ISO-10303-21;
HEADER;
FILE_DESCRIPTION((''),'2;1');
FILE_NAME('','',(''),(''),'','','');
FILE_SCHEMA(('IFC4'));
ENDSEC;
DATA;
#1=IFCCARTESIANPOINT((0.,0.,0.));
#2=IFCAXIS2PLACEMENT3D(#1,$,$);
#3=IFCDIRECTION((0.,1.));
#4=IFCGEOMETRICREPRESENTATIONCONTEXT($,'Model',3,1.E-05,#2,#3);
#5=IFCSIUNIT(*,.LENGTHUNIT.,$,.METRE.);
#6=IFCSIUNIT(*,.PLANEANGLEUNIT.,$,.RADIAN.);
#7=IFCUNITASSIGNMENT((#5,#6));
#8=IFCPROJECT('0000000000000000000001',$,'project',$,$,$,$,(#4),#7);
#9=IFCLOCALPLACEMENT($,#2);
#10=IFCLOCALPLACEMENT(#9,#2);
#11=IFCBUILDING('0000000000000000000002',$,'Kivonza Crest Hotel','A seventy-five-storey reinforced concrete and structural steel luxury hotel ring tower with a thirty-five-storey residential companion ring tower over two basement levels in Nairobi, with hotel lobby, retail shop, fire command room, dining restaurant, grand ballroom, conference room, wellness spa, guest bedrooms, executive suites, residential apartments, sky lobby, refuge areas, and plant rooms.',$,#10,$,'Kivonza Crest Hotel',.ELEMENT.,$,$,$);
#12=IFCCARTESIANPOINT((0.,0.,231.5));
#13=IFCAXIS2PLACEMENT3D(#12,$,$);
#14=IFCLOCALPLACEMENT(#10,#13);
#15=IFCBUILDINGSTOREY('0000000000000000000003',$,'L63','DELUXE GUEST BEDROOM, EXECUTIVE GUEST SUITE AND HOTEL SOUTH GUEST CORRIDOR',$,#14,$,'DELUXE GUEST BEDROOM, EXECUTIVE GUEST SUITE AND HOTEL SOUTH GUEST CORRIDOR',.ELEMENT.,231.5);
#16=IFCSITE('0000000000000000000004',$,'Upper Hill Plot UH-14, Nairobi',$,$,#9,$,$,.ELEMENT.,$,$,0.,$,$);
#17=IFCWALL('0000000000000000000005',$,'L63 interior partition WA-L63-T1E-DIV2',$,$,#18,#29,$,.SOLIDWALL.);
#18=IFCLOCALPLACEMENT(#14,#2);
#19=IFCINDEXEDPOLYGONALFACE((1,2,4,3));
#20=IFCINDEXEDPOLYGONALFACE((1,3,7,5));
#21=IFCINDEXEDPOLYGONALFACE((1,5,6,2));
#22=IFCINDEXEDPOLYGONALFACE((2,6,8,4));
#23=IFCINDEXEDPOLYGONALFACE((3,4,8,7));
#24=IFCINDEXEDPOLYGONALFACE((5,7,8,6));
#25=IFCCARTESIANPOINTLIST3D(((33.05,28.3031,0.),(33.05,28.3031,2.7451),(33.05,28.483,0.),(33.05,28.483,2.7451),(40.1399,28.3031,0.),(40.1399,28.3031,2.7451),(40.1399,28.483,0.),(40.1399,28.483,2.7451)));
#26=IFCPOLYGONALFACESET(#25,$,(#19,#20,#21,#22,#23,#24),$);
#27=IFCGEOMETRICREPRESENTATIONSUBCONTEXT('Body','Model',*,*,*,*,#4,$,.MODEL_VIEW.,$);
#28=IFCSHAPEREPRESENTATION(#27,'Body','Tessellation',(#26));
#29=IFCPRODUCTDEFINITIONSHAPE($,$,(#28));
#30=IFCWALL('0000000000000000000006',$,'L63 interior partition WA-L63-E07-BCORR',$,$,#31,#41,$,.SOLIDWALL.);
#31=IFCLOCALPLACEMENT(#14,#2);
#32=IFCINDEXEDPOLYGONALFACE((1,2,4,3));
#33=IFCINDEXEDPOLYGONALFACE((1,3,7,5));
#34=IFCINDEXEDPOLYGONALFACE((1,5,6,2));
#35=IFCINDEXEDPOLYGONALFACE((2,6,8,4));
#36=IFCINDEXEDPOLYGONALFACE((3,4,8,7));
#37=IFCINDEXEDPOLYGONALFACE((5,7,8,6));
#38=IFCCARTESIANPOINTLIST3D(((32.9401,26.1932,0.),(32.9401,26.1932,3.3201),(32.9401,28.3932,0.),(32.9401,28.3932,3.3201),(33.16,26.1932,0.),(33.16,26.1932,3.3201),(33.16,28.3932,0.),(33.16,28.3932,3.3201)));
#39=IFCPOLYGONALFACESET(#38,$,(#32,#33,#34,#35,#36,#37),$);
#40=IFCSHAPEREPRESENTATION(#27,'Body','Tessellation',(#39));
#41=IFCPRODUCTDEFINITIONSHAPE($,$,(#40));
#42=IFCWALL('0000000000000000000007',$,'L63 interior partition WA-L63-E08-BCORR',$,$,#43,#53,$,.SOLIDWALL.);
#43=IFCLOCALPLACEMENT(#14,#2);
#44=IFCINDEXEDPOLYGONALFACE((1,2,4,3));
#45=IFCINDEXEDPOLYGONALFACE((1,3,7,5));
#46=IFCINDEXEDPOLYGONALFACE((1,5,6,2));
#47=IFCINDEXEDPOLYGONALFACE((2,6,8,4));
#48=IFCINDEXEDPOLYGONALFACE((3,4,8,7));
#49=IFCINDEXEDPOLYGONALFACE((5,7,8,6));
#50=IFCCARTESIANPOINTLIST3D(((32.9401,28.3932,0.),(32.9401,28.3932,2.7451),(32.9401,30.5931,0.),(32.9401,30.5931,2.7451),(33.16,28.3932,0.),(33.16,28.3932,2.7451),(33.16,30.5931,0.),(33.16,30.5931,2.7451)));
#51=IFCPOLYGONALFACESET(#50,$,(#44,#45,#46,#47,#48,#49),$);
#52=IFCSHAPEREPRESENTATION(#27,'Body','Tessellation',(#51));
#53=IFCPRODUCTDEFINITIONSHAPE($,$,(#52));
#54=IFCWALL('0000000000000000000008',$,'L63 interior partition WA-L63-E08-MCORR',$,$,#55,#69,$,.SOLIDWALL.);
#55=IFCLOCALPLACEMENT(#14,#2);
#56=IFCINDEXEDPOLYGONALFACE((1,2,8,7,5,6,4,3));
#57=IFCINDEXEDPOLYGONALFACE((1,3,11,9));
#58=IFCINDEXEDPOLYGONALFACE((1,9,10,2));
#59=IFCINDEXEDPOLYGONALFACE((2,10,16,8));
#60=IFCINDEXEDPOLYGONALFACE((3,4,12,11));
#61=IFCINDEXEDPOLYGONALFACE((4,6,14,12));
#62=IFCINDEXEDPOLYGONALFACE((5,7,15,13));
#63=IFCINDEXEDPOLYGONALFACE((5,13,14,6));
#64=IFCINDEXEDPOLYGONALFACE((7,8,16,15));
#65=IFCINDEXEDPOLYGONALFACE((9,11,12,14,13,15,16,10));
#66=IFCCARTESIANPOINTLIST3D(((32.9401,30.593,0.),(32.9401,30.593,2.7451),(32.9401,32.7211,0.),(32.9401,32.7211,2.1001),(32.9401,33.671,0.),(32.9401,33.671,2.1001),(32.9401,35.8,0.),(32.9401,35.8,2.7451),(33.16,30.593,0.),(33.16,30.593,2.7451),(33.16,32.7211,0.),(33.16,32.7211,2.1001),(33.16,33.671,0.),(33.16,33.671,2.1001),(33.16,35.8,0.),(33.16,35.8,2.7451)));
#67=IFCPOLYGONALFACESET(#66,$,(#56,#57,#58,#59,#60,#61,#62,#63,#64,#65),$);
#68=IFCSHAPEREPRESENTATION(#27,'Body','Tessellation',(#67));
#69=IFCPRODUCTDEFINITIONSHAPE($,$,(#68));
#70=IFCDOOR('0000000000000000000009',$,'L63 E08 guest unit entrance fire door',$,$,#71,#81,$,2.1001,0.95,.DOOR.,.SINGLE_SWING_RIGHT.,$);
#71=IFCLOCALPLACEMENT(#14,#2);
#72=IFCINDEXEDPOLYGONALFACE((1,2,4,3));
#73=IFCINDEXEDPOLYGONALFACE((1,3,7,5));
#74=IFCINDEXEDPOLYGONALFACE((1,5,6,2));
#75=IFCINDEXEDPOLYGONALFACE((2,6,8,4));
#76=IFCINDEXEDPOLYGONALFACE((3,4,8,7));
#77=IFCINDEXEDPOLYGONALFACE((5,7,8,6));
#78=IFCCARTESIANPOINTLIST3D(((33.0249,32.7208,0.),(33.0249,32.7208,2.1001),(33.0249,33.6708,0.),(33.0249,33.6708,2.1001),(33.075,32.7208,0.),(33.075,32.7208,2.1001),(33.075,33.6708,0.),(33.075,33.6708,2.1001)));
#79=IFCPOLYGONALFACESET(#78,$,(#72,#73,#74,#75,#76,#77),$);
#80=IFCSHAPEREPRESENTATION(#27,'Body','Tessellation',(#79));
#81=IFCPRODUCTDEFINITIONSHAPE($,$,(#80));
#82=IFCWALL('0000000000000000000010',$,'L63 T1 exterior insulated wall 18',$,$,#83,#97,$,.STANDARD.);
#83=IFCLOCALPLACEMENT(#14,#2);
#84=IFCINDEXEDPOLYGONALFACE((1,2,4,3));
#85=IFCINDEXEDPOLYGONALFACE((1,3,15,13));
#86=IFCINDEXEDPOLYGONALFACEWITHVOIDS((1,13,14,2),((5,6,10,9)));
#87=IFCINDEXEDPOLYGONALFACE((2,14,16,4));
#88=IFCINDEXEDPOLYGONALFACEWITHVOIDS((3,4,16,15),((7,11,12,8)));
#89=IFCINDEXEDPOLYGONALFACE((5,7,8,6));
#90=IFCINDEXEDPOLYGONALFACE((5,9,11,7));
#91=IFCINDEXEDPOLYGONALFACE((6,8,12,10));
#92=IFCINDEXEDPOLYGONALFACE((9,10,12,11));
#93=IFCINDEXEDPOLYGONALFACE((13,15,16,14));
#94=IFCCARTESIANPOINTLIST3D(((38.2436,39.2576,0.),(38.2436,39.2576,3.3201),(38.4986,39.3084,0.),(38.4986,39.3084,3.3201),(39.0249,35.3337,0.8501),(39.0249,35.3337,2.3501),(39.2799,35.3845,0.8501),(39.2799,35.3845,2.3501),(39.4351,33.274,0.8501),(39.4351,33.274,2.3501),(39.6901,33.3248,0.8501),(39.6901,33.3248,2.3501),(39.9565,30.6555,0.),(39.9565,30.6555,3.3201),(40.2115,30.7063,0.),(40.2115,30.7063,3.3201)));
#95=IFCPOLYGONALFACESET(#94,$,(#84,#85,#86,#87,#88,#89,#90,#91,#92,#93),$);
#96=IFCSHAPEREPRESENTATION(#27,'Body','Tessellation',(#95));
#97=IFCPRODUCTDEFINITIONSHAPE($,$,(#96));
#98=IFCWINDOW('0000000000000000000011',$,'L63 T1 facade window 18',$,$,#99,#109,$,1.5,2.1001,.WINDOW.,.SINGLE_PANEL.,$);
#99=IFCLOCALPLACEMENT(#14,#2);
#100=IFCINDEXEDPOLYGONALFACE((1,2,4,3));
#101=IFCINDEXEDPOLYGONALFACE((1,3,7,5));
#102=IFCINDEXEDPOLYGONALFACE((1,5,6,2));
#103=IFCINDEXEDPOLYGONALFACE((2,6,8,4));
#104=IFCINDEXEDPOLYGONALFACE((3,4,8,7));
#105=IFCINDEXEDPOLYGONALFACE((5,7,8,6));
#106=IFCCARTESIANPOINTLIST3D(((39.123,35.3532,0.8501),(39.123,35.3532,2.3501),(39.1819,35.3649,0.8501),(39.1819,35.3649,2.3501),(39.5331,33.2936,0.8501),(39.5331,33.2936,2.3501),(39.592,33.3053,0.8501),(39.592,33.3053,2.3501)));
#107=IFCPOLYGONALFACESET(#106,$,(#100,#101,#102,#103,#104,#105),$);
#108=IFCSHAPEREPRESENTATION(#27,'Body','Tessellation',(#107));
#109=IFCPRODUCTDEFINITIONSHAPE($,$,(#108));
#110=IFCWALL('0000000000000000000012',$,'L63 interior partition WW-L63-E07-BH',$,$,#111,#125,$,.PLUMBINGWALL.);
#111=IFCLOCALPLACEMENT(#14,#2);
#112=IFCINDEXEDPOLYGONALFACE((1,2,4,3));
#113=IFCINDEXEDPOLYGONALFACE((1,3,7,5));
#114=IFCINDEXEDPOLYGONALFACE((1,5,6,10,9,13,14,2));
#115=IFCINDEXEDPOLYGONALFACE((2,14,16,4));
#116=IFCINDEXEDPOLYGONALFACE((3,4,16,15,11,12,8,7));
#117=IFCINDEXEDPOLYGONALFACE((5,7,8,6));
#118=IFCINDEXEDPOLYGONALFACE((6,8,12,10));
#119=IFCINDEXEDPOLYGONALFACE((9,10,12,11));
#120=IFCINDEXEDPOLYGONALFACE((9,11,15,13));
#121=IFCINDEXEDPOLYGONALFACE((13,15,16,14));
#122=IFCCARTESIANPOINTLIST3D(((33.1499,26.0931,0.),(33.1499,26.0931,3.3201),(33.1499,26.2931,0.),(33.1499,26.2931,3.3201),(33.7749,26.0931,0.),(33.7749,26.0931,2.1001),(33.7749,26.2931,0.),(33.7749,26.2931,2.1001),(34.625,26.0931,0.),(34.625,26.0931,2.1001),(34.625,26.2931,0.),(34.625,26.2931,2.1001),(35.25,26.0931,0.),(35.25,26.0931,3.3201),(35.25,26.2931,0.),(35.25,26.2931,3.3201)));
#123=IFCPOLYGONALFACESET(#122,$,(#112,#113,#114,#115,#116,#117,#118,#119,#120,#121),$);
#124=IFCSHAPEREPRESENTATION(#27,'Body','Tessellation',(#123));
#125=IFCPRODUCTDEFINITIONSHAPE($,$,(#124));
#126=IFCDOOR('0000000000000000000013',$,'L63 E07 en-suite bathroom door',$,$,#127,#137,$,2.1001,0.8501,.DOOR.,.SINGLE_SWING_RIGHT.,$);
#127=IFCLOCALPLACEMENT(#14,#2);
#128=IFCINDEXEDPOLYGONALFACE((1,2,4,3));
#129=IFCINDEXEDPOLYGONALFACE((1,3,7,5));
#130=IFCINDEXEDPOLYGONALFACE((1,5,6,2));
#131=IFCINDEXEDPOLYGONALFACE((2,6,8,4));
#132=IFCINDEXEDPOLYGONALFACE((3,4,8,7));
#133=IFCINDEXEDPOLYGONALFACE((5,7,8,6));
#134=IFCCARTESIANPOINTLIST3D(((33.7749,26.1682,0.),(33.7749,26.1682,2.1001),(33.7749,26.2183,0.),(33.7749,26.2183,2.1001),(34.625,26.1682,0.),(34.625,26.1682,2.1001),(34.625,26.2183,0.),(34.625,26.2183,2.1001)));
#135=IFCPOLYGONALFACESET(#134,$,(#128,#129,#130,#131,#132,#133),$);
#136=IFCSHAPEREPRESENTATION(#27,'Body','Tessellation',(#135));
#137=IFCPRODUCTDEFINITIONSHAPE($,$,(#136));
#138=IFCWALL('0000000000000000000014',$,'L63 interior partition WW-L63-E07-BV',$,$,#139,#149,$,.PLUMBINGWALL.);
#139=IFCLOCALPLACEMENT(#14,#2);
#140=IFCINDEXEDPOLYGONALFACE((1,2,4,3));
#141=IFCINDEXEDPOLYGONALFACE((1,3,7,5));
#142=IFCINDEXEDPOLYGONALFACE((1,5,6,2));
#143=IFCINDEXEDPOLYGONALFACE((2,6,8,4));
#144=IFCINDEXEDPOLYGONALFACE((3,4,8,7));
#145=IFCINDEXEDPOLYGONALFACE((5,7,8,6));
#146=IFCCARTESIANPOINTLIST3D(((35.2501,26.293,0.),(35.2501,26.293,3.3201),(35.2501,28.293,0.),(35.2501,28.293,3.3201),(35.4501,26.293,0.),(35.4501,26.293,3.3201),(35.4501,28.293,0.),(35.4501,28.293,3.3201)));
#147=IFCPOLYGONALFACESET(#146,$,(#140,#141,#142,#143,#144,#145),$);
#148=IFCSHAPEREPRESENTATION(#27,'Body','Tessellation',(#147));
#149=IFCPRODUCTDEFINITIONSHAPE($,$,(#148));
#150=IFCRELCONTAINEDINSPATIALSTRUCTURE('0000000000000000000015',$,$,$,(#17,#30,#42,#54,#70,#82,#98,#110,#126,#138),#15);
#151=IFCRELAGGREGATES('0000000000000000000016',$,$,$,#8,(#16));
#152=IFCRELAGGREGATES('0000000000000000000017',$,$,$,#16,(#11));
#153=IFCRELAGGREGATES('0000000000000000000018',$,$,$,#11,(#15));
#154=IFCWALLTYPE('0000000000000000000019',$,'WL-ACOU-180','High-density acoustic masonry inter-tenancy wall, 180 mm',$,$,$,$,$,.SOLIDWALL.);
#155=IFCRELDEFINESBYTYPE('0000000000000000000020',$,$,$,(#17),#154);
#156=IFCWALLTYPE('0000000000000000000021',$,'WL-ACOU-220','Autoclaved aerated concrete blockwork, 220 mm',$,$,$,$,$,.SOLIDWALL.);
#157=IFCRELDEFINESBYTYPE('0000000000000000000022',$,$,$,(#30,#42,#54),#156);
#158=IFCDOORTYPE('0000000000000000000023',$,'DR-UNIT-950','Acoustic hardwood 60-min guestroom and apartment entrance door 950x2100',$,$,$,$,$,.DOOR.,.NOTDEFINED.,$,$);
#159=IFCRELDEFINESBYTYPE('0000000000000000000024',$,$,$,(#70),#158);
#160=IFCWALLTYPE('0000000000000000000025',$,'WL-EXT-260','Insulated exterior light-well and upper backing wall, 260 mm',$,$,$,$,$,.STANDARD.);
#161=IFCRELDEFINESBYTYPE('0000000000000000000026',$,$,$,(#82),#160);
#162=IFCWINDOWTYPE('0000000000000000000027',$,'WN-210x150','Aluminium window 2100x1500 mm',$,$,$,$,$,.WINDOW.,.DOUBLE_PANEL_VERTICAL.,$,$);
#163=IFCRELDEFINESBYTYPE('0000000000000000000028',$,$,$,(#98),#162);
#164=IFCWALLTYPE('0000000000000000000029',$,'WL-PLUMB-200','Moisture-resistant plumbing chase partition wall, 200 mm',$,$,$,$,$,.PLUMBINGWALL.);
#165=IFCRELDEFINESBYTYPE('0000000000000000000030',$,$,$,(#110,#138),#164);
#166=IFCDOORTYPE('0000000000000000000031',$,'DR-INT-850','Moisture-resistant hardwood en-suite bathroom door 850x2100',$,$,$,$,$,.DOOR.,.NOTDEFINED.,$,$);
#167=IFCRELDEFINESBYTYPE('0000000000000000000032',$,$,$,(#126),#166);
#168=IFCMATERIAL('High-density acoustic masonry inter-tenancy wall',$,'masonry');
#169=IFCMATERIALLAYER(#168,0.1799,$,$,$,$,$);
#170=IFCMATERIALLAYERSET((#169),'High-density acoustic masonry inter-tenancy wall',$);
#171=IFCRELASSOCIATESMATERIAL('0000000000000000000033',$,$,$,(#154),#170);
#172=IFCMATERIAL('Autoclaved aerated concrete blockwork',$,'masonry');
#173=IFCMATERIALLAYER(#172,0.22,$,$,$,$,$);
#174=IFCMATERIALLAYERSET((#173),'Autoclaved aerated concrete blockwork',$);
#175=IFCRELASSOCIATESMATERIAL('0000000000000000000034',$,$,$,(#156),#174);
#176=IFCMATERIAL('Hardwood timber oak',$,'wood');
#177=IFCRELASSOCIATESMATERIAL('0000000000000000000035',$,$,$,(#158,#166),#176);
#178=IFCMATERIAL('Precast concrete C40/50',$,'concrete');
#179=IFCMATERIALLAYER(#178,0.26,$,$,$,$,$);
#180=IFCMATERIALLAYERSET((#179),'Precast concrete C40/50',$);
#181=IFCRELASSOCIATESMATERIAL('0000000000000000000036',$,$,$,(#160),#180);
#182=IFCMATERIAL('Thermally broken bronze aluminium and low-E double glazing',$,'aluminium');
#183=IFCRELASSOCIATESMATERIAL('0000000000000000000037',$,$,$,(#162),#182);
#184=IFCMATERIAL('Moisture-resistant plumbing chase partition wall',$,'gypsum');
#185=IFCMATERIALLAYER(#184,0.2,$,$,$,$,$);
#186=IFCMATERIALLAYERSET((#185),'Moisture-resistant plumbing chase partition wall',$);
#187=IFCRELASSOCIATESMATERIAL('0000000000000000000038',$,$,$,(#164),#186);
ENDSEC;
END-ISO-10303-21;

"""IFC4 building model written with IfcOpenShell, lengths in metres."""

from ifc_helpers import new_model, si_unit, direction, frame, frame_2d, origin, place, context, subcontext, project, spatial, rectangle, extrude, material, layer, layer_set, type_object, element, fill, save


model = new_model("IFC4")

# Units and contexts
model_context = context("Model", 3, precision=1e-05, world=origin(), true_north=direction((0.0, 1.0)))
body_context = subcontext(model_context, "Body", "Model", "MODEL_VIEW")
ifc_project = project(units=[si_unit("LENGTHUNIT", "METRE"), si_unit("PLANEANGLEUNIT", "RADIAN")], contexts=[model_context])

# Site, building, storey
site_placement = place(None, origin())
site = spatial("IfcSite", under=ifc_project, at=site_placement, Name="Upper Hill Plot UH-14, Nairobi", CompositionType="ELEMENT", RefElevation=0.0)
building_placement = place(site_placement, origin())
building = spatial("IfcBuilding", under=site, at=building_placement, Name="Kivonza Crest Hotel", Description="A seventy-five-storey reinforced concrete and structural steel luxury hotel ring tower with a thirty-five-storey residential companion ring tower over two basement levels in Nairobi, with hotel lobby, retail shop, fire command room, dining restaurant, grand ballroom, conference room, wellness spa, guest bedrooms, executive suites, residential apartments, sky lobby, refuge areas, and plant rooms.", LongName="Kivonza Crest Hotel", CompositionType="ELEMENT")
storey_placement = place(building_placement, frame((0.0, 0.0, 231.5)))
storey = spatial("IfcBuildingStorey", under=building, at=storey_placement, Name="L63", Description="DELUXE GUEST BEDROOM, EXECUTIVE GUEST SUITE AND HOTEL SOUTH GUEST CORRIDOR", LongName="DELUXE GUEST BEDROOM, EXECUTIVE GUEST SUITE AND HOTEL SOUTH GUEST CORRIDOR", CompositionType="ELEMENT", Elevation=231.5)

# Walls
ifc_material_1 = material(Name="High-density acoustic masonry inter-tenancy wall", Category="masonry")
ifc_layer_1 = layer(ifc_material_1, 0.1799)
ifc_layer_set_1 = layer_set([ifc_layer_1], Name="High-density acoustic masonry inter-tenancy wall")
wall_type_1 = type_object("IfcWallType", Name="WL-ACOU-180", Description="High-density acoustic masonry inter-tenancy wall, 180 mm", PredefinedType="SOLIDWALL", material=ifc_layer_set_1)
wall_1_placement = place(storey_placement, frame((33.05, 28.3931, 0.0), z_axis=(0.0, 0.0, 1.0), x_axis=(1.0, 0.0, 0.0)))
element("IfcWall", 1, at=wall_1_placement, inside=storey, type_object=wall_type_1, Name="L63 interior partition WA-L63-T1E-DIV2", PredefinedType="SOLIDWALL", context=body_context, shape_type="SweptSolid", body=[
    extrude(rectangle(XDim=7.0898, YDim=0.1799, at=frame_2d((3.5449, 0.0))), origin(), (0.0, 0.0, 1.0), 2.7451),
])
ifc_material_2 = material(Name="Autoclaved aerated concrete blockwork", Category="masonry")
ifc_layer_2 = layer(ifc_material_2, 0.22)
ifc_layer_set_2 = layer_set([ifc_layer_2], Name="Autoclaved aerated concrete blockwork")
wall_type_2 = type_object("IfcWallType", Name="WL-ACOU-220", Description="Autoclaved aerated concrete blockwork, 220 mm", PredefinedType="SOLIDWALL", material=ifc_layer_set_2)
wall_2_placement = place(storey_placement, frame((33.05, 26.1931, 0.0), z_axis=(0.0, 0.0, 1.0), x_axis=(0.0, 1.0, 0.0)))
element("IfcWall", 2, at=wall_2_placement, inside=storey, type_object=wall_type_2, Name="L63 interior partition WA-L63-E07-BCORR", PredefinedType="SOLIDWALL", context=body_context, shape_type="SweptSolid", body=[
    extrude(rectangle(XDim=2.2, YDim=0.22, at=frame_2d((1.1001, 0.0))), origin(), (0.0, 0.0, 1.0), 3.3201),
])
wall_3_placement = place(storey_placement, frame((33.05, 28.3931, 0.0), z_axis=(0.0, 0.0, 1.0), x_axis=(0.0, 1.0, 0.0)))
element("IfcWall", 3, at=wall_3_placement, inside=storey, type_object=wall_type_2, Name="L63 interior partition WA-L63-E08-BCORR", PredefinedType="SOLIDWALL", context=body_context, shape_type="SweptSolid", body=[
    extrude(rectangle(XDim=2.2, YDim=0.22, at=frame_2d((1.1001, 0.0))), origin(), (0.0, 0.0, 1.0), 2.7451),
])

# Wall, opening, door
wall_4_placement = place(storey_placement, frame((33.05, 30.593, 0.0), z_axis=(0.0, 0.0, 1.0), x_axis=(0.0, 1.0, 0.0)))
wall_4 = element("IfcWall", 4, at=wall_4_placement, inside=storey, type_object=wall_type_2, Name="L63 interior partition WA-L63-E08-MCORR", PredefinedType="SOLIDWALL", context=body_context, shape_type="SweptSolid", body=[
    extrude(rectangle(XDim=5.207, YDim=0.22, at=frame_2d((2.6035, 0.0))), origin(), (0.0, 0.0, 1.0), 2.7451),
])
opening_1_placement = place(wall_4_placement, frame((2.1279, 0.0, 0.0)))
opening_1 = element("IfcOpeningElement", 5, at=opening_1_placement, cuts=wall_4, PredefinedType="OPENING", context=body_context, shape_type="SweptSolid", body=[
    extrude(rectangle(XDim=0.95, YDim=2.1001, at=frame_2d((0.4751, 1.05))), frame((0.0, 0.1201, 0.0), z_axis=(0.0, -1.0, 0.0), x_axis=(1.0, 0.0, 0.0)), (0.0, 0.0, 1.0), 0.24),
])
ifc_material_3 = material(Name="Hardwood timber oak", Category="wood")
door_type_1 = type_object("IfcDoorType", Name="DR-UNIT-950", Description="Acoustic hardwood 60-min guestroom and apartment entrance door 950x2100", OperationType="NOTDEFINED", PredefinedType="DOOR", material=ifc_material_3)
door_1_placement = place(opening_1_placement, frame((0.95, 0.0, 0.0), z_axis=(0.0, 0.0, 1.0), x_axis=(-1.0, 0.0, 0.0)))
door_1 = element("IfcDoor", 6, at=door_1_placement, inside=storey, type_object=door_type_1, Name="L63 E08 guest unit entrance fire door", OperationType="SINGLE_SWING_RIGHT", OverallHeight=2.1001, OverallWidth=0.95, PredefinedType="DOOR", context=body_context, shape_type="SweptSolid", body=[
    extrude(rectangle(XDim=0.95, YDim=2.1001, at=frame_2d((0.4751, 1.05))), frame((0.0, 0.0249, 0.0), z_axis=(0.0, -1.0, 0.0), x_axis=(1.0, 0.0, 0.0)), (0.0, 0.0, 1.0), 0.05),
])
fill(opening_1, door_1)

# Wall, opening, window
ifc_material_4 = material(Name="Precast concrete C40/50", Category="concrete")
ifc_layer_3 = layer(ifc_material_4, 0.26)
ifc_layer_set_3 = layer_set([ifc_layer_3], Name="Precast concrete C40/50")
wall_type_3 = type_object("IfcWallType", Name="WL-EXT-260", Description="Insulated exterior light-well and upper backing wall, 260 mm", PredefinedType="STANDARD", material=ifc_layer_set_3)
wall_5_placement = place(storey_placement, frame((40.084, 30.6809, 0.0), z_axis=(0.0, 0.0, 1.0), x_axis=(-0.195292, 0.980745, 0.0)))
wall_5 = element("IfcWall", 7, at=wall_5_placement, inside=storey, type_object=wall_type_3, Name="L63 T1 exterior insulated wall 18", PredefinedType="STANDARD", context=body_context, shape_type="SweptSolid", body=[
    extrude(rectangle(XDim=8.771, YDim=0.26, at=frame_2d((4.3855, 0.0))), origin(), (0.0, 0.0, 1.0), 3.3201),
])
opening_2_placement = place(wall_5_placement, frame((2.6699, 0.0, 0.8501)))
opening_2 = element("IfcOpeningElement", 8, at=opening_2_placement, cuts=wall_5, PredefinedType="OPENING", context=body_context, shape_type="SweptSolid", body=[
    extrude(rectangle(XDim=2.1001, YDim=1.5, at=frame_2d((1.05, 0.75))), frame((0.0, 0.1401, 0.0), z_axis=(0.0, -1.0, 0.0), x_axis=(1.0, 0.0, 0.0)), (0.0, 0.0, 1.0), 0.28),
])
ifc_material_5 = material(Name="Thermally broken bronze aluminium and low-E double glazing", Category="aluminium")
window_type = type_object("IfcWindowType", Name="WN-210x150", Description="Aluminium window 2100x1500 mm", PartitioningType="DOUBLE_PANEL_VERTICAL", PredefinedType="WINDOW", material=ifc_material_5)
window_placement = place(opening_2_placement, origin())
window = element("IfcWindow", 9, at=window_placement, inside=storey, type_object=window_type, Name="L63 T1 facade window 18", OverallHeight=1.5, OverallWidth=2.1001, PartitioningType="SINGLE_PANEL", PredefinedType="WINDOW", context=body_context, shape_type="SweptSolid", body=[
    extrude(rectangle(XDim=2.1001, YDim=1.5, at=frame_2d((1.05, 0.75))), frame((0.0, 0.03, 0.0), z_axis=(0.0, -1.0, 0.0), x_axis=(1.0, 0.0, 0.0)), (0.0, 0.0, 1.0), 0.0601),
])
fill(opening_2, window)

# Wall, opening, door
ifc_material_6 = material(Name="Moisture-resistant plumbing chase partition wall", Category="gypsum")
ifc_layer_4 = layer(ifc_material_6, 0.2)
ifc_layer_set_4 = layer_set([ifc_layer_4], Name="Moisture-resistant plumbing chase partition wall")
wall_type_4 = type_object("IfcWallType", Name="WL-PLUMB-200", Description="Moisture-resistant plumbing chase partition wall, 200 mm", PredefinedType="PLUMBINGWALL", material=ifc_layer_set_4)
wall_6_placement = place(storey_placement, frame((33.1499, 26.1931, 0.0), z_axis=(0.0, 0.0, 1.0), x_axis=(1.0, 0.0, 0.0)))
wall_6 = element("IfcWall", 10, at=wall_6_placement, inside=storey, type_object=wall_type_4, Name="L63 interior partition WW-L63-E07-BH", PredefinedType="PLUMBINGWALL", context=body_context, shape_type="SweptSolid", body=[
    extrude(rectangle(XDim=2.1001, YDim=0.2, at=frame_2d((1.05, 0.0))), origin(), (0.0, 0.0, 1.0), 3.3201),
])
opening_3_placement = place(wall_6_placement, frame((0.625, 0.0, 0.0)))
opening_3 = element("IfcOpeningElement", 11, at=opening_3_placement, cuts=wall_6, PredefinedType="OPENING", context=body_context, shape_type="SweptSolid", body=[
    extrude(rectangle(XDim=0.8501, YDim=2.1001, at=frame_2d((0.425, 1.05))), frame((0.0, 0.1099, 0.0), z_axis=(0.0, -1.0, 0.0), x_axis=(1.0, 0.0, 0.0)), (0.0, 0.0, 1.0), 0.22),
])
door_type_2 = type_object("IfcDoorType", Name="DR-INT-850", Description="Moisture-resistant hardwood en-suite bathroom door 850x2100", OperationType="NOTDEFINED", PredefinedType="DOOR", material=ifc_material_3)
door_2_placement = place(opening_3_placement, frame((0.8501, 0.0, 0.0), z_axis=(0.0, 0.0, 1.0), x_axis=(-1.0, 0.0, 0.0)))
door_2 = element("IfcDoor", 12, at=door_2_placement, inside=storey, type_object=door_type_2, Name="L63 E07 en-suite bathroom door", OperationType="SINGLE_SWING_RIGHT", OverallHeight=2.1001, OverallWidth=0.8501, PredefinedType="DOOR", context=body_context, shape_type="SweptSolid", body=[
    extrude(rectangle(XDim=0.8501, YDim=2.1001, at=frame_2d((0.425, 1.05))), frame((0.0, 0.0249, 0.0), z_axis=(0.0, -1.0, 0.0), x_axis=(1.0, 0.0, 0.0)), (0.0, 0.0, 1.0), 0.05),
])
fill(opening_3, door_2)

# Wall
wall_7_placement = place(storey_placement, frame((35.3501, 26.293, 0.0), z_axis=(0.0, 0.0, 1.0), x_axis=(0.0, 1.0, 0.0)))
element("IfcWall", 13, at=wall_7_placement, inside=storey, type_object=wall_type_4, Name="L63 interior partition WW-L63-E07-BV", PredefinedType="PLUMBINGWALL", context=body_context, shape_type="SweptSolid", body=[
    extrude(rectangle(XDim=2.0, YDim=0.2, at=frame_2d((1.0, 0.0))), origin(), (0.0, 0.0, 1.0), 3.3201),
])

save(model, "model.ifc")
